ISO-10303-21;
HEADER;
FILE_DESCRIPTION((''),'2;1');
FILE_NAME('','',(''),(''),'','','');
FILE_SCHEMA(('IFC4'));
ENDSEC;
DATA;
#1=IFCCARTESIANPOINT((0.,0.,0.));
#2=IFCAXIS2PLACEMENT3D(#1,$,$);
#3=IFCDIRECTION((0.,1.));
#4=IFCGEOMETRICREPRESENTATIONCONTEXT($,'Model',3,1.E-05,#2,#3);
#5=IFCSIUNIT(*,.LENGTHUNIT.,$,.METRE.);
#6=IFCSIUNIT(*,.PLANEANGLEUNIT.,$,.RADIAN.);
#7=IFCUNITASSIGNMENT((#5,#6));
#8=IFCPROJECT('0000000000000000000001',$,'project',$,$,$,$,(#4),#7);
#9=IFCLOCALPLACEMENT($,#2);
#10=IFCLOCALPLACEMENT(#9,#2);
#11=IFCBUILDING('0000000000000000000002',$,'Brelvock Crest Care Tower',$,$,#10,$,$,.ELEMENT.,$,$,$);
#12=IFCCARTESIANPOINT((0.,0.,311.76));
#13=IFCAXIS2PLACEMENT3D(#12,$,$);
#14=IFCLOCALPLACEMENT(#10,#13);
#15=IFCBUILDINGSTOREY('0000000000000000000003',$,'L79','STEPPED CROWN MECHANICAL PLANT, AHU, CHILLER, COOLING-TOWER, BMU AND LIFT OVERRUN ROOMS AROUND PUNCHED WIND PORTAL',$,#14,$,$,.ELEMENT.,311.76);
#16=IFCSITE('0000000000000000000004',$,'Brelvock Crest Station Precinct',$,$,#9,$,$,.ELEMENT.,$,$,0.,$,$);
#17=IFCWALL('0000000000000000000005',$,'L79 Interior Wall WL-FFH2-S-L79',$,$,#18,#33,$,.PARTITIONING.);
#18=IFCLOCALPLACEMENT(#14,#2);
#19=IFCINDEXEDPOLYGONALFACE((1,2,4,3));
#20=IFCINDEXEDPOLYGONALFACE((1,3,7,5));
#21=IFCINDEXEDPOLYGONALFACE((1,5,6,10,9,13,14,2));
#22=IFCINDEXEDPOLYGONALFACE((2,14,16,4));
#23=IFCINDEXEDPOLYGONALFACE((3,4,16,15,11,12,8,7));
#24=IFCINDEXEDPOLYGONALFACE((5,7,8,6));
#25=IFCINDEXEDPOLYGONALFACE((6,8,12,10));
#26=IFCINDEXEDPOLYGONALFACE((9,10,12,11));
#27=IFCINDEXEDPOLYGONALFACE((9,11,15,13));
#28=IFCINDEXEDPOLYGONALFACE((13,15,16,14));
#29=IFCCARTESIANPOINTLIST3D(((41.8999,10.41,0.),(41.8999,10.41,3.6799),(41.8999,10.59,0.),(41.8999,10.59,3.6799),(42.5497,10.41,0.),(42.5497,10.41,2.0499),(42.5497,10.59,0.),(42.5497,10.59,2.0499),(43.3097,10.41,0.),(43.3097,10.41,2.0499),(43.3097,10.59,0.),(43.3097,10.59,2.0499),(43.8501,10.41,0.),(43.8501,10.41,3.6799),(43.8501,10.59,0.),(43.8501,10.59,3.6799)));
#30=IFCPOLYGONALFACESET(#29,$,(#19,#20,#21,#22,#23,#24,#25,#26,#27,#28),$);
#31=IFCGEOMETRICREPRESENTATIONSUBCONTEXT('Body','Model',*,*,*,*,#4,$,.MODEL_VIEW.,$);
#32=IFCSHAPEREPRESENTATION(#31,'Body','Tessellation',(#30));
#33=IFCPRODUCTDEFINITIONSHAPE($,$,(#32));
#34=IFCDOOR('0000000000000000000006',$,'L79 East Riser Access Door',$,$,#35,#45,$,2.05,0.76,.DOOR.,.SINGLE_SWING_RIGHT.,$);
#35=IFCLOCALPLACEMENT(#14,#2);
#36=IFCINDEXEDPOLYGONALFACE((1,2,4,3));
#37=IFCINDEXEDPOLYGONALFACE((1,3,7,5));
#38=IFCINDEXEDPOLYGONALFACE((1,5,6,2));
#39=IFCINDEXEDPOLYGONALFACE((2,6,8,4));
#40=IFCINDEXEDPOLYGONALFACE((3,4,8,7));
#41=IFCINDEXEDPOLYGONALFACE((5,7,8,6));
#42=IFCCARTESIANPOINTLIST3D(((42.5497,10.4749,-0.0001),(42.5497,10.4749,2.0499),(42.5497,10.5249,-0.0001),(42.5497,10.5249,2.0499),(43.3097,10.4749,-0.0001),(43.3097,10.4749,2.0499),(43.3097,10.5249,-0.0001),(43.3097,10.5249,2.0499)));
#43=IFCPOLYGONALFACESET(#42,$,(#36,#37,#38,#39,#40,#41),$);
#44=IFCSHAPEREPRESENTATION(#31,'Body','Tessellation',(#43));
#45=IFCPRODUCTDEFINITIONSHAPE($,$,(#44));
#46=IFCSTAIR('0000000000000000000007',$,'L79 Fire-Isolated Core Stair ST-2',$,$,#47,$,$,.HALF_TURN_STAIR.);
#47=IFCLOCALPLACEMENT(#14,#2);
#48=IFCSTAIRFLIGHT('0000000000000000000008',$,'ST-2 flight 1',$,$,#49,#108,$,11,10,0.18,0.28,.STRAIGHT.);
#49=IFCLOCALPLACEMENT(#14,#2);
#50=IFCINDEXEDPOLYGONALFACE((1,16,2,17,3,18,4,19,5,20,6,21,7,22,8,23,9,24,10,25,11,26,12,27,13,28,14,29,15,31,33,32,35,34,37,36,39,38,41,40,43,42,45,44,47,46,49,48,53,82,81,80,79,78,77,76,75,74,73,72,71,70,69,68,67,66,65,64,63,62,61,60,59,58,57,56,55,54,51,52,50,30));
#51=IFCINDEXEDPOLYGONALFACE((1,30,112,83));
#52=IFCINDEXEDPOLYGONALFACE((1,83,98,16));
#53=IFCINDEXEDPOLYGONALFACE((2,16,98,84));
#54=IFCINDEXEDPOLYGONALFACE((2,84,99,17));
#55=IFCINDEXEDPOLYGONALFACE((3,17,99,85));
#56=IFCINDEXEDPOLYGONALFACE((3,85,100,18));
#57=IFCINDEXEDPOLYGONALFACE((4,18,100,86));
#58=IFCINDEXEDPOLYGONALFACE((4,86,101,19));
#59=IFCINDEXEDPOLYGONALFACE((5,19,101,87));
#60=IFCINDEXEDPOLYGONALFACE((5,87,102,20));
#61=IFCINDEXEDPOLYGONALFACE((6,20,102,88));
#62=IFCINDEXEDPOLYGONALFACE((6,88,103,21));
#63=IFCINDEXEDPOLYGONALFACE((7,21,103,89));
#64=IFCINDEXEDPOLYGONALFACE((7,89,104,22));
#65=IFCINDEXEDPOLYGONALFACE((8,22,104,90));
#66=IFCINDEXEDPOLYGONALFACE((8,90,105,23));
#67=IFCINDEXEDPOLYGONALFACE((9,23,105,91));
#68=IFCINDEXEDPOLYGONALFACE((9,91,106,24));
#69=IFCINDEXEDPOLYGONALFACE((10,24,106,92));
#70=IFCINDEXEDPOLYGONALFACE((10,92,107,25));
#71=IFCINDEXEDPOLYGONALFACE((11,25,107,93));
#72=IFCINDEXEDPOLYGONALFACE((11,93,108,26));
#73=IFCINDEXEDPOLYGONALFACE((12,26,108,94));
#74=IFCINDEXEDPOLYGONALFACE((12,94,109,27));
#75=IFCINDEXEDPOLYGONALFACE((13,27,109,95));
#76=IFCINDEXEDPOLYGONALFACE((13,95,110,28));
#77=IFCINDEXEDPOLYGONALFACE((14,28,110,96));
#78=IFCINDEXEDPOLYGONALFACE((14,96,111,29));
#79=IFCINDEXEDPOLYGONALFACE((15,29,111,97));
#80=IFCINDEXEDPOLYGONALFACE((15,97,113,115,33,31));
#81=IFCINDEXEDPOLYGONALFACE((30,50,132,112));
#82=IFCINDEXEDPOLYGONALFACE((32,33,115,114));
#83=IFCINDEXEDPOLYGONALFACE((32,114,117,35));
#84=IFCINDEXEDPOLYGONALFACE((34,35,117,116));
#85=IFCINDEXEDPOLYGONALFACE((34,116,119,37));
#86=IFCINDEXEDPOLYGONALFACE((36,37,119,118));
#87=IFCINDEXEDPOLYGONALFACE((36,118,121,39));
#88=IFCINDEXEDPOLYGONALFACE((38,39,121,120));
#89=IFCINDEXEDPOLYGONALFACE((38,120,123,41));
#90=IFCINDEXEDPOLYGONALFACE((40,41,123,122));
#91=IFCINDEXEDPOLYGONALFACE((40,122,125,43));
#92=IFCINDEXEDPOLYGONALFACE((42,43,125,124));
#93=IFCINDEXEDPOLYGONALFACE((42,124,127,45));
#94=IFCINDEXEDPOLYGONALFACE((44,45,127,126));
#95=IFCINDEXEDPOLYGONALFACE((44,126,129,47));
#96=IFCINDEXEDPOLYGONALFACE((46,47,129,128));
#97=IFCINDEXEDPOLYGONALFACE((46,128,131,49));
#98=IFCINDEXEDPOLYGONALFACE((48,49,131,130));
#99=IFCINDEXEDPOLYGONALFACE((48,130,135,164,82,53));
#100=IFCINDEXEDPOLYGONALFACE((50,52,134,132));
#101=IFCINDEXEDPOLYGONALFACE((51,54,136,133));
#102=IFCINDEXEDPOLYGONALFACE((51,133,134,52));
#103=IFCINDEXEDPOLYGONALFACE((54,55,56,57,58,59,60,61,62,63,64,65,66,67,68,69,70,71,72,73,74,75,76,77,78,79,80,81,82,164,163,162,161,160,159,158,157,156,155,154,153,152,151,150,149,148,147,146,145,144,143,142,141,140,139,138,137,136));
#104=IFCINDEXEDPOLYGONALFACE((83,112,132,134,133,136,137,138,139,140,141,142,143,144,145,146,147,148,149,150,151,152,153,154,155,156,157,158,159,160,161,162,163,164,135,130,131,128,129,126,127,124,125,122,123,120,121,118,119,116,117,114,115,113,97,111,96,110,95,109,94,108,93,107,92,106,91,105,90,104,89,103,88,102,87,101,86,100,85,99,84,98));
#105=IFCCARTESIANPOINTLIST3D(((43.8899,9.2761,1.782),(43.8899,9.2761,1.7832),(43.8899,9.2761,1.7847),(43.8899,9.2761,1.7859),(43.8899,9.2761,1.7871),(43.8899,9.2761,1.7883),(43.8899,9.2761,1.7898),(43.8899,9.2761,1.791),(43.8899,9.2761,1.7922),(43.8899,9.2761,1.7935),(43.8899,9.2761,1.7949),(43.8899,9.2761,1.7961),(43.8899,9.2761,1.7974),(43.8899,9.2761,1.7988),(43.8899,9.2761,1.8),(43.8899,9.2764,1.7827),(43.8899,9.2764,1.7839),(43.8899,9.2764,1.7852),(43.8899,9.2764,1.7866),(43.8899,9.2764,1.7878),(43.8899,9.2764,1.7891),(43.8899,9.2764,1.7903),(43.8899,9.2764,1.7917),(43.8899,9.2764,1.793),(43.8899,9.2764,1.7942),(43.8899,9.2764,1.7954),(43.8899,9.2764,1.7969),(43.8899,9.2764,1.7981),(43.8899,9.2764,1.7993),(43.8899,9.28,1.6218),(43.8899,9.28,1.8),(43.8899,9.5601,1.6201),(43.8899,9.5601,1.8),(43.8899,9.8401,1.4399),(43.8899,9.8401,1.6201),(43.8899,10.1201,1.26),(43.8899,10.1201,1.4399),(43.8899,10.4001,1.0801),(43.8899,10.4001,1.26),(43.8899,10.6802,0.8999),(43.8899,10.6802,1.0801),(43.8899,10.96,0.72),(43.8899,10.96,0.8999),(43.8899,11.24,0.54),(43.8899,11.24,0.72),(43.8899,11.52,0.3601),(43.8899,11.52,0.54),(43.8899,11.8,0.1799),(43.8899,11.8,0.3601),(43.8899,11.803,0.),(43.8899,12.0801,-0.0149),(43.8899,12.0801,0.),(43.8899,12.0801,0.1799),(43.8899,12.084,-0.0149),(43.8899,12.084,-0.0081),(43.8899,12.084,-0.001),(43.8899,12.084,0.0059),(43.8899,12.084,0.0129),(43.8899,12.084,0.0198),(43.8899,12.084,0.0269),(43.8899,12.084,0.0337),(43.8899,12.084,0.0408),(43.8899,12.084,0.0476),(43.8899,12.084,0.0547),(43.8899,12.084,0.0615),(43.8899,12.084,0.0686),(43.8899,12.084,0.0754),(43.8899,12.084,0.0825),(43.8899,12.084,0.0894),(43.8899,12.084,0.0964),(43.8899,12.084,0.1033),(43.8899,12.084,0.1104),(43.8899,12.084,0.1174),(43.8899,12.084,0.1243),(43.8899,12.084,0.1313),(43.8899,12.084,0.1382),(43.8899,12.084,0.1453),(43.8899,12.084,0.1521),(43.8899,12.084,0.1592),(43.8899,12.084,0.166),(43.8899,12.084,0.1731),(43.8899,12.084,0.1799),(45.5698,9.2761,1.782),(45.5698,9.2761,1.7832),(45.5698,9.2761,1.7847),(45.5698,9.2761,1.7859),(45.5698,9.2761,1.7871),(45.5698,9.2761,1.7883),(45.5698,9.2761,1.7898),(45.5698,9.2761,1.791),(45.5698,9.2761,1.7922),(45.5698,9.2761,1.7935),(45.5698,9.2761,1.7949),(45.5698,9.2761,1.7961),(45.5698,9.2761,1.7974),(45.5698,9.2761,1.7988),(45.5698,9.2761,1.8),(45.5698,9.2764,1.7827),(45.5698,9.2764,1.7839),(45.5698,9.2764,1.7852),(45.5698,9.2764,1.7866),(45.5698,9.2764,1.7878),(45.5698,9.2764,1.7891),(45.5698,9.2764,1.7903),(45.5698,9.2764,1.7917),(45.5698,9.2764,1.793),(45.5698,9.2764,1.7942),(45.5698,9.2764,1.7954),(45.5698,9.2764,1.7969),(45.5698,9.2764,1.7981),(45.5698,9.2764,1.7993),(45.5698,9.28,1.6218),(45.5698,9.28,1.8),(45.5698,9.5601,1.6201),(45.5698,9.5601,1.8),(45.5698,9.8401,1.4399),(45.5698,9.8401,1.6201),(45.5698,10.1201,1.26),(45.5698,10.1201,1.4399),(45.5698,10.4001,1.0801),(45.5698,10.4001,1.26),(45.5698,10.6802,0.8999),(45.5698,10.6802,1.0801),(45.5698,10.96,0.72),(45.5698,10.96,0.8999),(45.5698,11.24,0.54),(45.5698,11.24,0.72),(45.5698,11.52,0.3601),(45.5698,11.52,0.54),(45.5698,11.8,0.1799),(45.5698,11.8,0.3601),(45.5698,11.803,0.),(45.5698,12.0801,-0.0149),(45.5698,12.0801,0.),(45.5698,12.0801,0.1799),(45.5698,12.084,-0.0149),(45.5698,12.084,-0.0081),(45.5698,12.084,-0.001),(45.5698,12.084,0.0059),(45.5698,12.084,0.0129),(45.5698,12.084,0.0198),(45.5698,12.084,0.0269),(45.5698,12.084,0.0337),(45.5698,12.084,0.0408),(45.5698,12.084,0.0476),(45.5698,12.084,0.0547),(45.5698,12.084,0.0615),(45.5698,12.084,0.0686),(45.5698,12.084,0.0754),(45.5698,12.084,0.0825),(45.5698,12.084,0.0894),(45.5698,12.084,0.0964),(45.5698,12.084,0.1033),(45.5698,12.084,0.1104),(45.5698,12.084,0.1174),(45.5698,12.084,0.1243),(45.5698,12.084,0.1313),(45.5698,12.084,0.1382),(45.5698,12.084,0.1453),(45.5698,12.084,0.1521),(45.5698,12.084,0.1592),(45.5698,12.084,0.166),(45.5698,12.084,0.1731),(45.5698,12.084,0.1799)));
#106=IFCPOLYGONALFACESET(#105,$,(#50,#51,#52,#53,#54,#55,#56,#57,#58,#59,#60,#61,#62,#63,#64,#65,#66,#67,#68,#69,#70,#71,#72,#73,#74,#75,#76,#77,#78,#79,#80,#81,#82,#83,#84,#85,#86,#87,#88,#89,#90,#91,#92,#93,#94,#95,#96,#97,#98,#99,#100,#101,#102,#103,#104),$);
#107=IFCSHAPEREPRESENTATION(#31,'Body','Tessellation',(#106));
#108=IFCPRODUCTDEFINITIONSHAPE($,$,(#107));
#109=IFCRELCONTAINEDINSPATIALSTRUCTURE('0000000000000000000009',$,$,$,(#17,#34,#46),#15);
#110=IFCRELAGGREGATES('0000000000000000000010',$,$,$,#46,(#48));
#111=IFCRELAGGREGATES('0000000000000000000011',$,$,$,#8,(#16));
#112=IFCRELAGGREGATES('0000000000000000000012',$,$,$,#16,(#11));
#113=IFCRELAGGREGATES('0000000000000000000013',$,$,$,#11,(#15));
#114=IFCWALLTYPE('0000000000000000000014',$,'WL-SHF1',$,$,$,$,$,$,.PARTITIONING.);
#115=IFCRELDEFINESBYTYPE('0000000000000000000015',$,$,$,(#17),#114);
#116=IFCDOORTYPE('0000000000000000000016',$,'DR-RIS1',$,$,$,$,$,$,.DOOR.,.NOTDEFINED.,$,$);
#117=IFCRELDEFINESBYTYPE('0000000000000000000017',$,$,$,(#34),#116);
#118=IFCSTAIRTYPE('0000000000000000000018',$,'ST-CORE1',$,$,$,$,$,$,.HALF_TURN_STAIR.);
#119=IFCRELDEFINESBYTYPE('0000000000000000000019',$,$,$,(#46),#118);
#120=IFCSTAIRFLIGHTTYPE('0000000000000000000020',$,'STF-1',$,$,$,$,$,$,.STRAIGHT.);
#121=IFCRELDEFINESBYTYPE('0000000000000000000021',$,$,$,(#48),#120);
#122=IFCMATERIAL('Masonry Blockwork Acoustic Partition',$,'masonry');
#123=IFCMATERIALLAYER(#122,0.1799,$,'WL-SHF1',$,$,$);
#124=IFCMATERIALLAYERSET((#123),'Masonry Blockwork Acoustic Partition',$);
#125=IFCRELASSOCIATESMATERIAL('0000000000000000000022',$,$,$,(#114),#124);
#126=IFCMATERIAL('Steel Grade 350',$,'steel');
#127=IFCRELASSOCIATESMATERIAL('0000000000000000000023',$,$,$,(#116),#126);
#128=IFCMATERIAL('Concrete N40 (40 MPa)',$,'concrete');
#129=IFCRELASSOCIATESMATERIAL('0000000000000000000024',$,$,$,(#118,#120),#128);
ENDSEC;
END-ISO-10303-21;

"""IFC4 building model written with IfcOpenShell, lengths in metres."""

from ifc_helpers import new_model, si_unit, direction, frame, frame_2d, origin, origin_2d, place, context, subcontext, project, spatial, polyline, rectangle, outline, extrude, source, transform, mapped, material, layer, layer_set, type_object, element, fill, aggregate, save


model = new_model("IFC4")

# Units and contexts
model_context = context("Model", 3, precision=1e-05, world=origin(), true_north=direction((0.0, 1.0)))
body_context = subcontext(model_context, "Body", "Model", "MODEL_VIEW")
ifc_project = project(units=[si_unit("LENGTHUNIT", "METRE"), si_unit("PLANEANGLEUNIT", "RADIAN")], contexts=[model_context])

# Site, building, storey
site_placement = place(None, origin())
site = spatial("IfcSite", under=ifc_project, at=site_placement, Name="Brelvock Crest Station Precinct", CompositionType="ELEMENT", RefElevation=0.0)
building_placement = place(site_placement, origin())
building = spatial("IfcBuilding", under=site, at=building_placement, Name="Brelvock Crest Care Tower", CompositionType="ELEMENT")
storey_placement = place(building_placement, frame((0.0, 0.0, 311.76)))
storey = spatial("IfcBuildingStorey", under=building, at=storey_placement, Name="L79", Description="STEPPED CROWN MECHANICAL PLANT, AHU, CHILLER, COOLING-TOWER, BMU AND LIFT OVERRUN ROOMS AROUND PUNCHED WIND PORTAL", CompositionType="ELEMENT", Elevation=311.76)

# Shared definitions
ifc_material_1 = material(Name="Steel Grade 350", Category="steel")

# Shared definitions
ifc_material_2 = material(Name="Masonry Blockwork Acoustic Partition", Category="masonry")

# Shared definitions
ifc_layer_1 = layer(ifc_material_2, 0.1799, Name="WL-SHF1")
ifc_layer_set_1 = layer_set([ifc_layer_1], Name="Masonry Blockwork Acoustic Partition")
wall_type_1 = type_object("IfcWallType", Name="WL-SHF1", PredefinedType="PARTITIONING", material=ifc_layer_set_1)

# Wall, opening, door
wall_1_placement = place(storey_placement, frame((41.8999, 10.5, 0.0), z_axis=(0.0, 0.0, 1.0), x_axis=(1.0, 0.0, 0.0)))
wall_1 = element("IfcWall", 1, at=wall_1_placement, inside=storey, type_object=wall_type_1, Name="L79 Interior Wall WL-FFH2-S-L79", PredefinedType="PARTITIONING", context=body_context, shape_type="SweptSolid", body=[
    extrude(rectangle(XDim=1.9502, YDim=0.1799, at=frame_2d((0.9751, 0.0))), origin(), (0.0, 0.0, 1.0), 3.6799),
])
opening_1_placement = place(wall_1_placement, frame((0.6499, 0.0, 0.0)))
opening_1 = element("IfcOpeningElement", 2, at=opening_1_placement, cuts=wall_1, PredefinedType="OPENING", context=body_context, shape_type="SweptSolid", body=[
    extrude(rectangle(XDim=0.76, YDim=2.05, at=origin_2d()), frame((0.3799, 0.1001, 1.0249), z_axis=(0.0, -1.0, 0.0), x_axis=(1.0, 0.0, 0.0)), (0.0, 0.0, 1.0), 0.2),
])
door_type_1 = type_object("IfcDoorType", Name="DR-RIS1", OperationType="NOTDEFINED", PredefinedType="DOOR", material=ifc_material_1)
shared_shape_1 = source(origin(), body_context, "Body", "SweptSolid", [
    extrude(rectangle(XDim=0.76, YDim=2.05, at=origin_2d()), frame((0.3799, 0.0249, 1.0249), z_axis=(0.0, -1.0, 0.0), x_axis=(1.0, 0.0, 0.0)), (0.0, 0.0, 1.0), 0.05),
])
door_1_placement = place(opening_1_placement, origin())
door_1 = element("IfcDoor", 3, at=door_1_placement, inside=storey, type_object=door_type_1, Name="L79 East Riser Access Door", OperationType="SINGLE_SWING_RIGHT", OverallHeight=2.05, OverallWidth=0.76, PredefinedType="DOOR", context=body_context, shape_type="MappedRepresentation", body=[
    mapped(shared_shape_1, transform((0.0, 0.0, 0.0), x_axis=(1.0, 0.0, 0.0), y_axis=(0.0, 1.0, 0.0), z_axis=(0.0, 0.0, 1.0), scale=1.0)),
])
fill(opening_1, door_1)

# Stair, stair flight
ifc_material_3 = material(Name="Concrete N40 (40 MPa)", Category="concrete")
stair_type = type_object("IfcStairType", Name="ST-CORE1", PredefinedType="HALF_TURN_STAIR", material=ifc_material_3)
stair_placement = place(storey_placement, origin())
stair = element("IfcStair", 4, at=stair_placement, inside=storey, type_object=stair_type, Name="L79 Fire-Isolated Core Stair ST-2", PredefinedType="HALF_TURN_STAIR")
stair_flight_type = type_object("IfcStairFlightType", Name="STF-1", PredefinedType="STRAIGHT", material=ifc_material_3)
stair_flight_1_placement = place(storey_placement, frame((44.73, 12.0801, 0.0), z_axis=(0.0, 0.0, 1.0), x_axis=(0.0, -1.0, 0.0)))
stair_flight_1 = element("IfcStairFlight", 5, at=stair_flight_1_placement, type_object=stair_flight_type, Name="ST-2 flight 1", NumberOfRisers=11, NumberOfTreads=10, PredefinedType="STRAIGHT", RiserHeight=0.18, TreadLength=0.28, context=body_context, shape_type="SweptSolid", body=[
    extrude(outline(polyline([(-0.0039, -0.0149), (-0.0039, -0.0081), (-0.0039, -0.001), (-0.0039, 0.0059), (-0.0039, 0.0129), (-0.0039, 0.0198), (-0.0039, 0.0269), (-0.0039, 0.0337), (-0.0039, 0.0408), (-0.0039, 0.0476), (-0.0039, 0.0547), (-0.0039, 0.0615), (-0.0039, 0.0686), (-0.0039, 0.0754), (-0.0039, 0.0825), (-0.0039, 0.0894), (-0.0039, 0.0964), (-0.0039, 0.1033), (-0.0039, 0.1104), (-0.0039, 0.1174), (-0.0039, 0.1243), (-0.0039, 0.1313), (-0.0039, 0.1382), (-0.0039, 0.1453), (-0.0039, 0.1521), (-0.0039, 0.1592), (-0.0039, 0.166), (-0.0039, 0.1731), (-0.0039, 0.1799), (0.0, 0.1799), (0.28, 0.1799), (0.28, 0.3601), (0.5601, 0.3601), (0.5601, 0.54), (0.8401, 0.54), (0.8401, 0.72), (1.1201, 0.72), (1.1201, 0.8999), (1.3999, 0.8999), (1.3999, 1.0801), (1.6799, 1.0801), (1.6799, 1.26), (1.96, 1.26), (1.96, 1.4399), (2.24, 1.4399), (2.24, 1.6201), (2.52, 1.6201), (2.52, 1.8), (2.8, 1.8), (2.804, 1.8), (2.8037, 1.7993), (2.804, 1.7988), (2.8037, 1.7981), (2.804, 1.7974), (2.8037, 1.7969), (2.804, 1.7961), (2.8037, 1.7954), (2.804, 1.7949), (2.8037, 1.7942), (2.804, 1.7935), (2.8037, 1.793), (2.804, 1.7922), (2.8037, 1.7917), (2.804, 1.791), (2.8037, 1.7903), (2.804, 1.7898), (2.8037, 1.7891), (2.804, 1.7883), (2.8037, 1.7878), (2.804, 1.7871), (2.8037, 1.7866), (2.804, 1.7859), (2.8037, 1.7852), (2.804, 1.7847), (2.8037, 1.7839), (2.804, 1.7832), (2.8037, 1.7827), (2.804, 1.782), (2.8, 1.6218), (0.2771, 0.0), (0.0, 0.0), (0.0, -0.0149), (-0.0039, -0.0149)])), frame((0.0, 0.8398, 0.0), z_axis=(0.0, -1.0, 0.0), x_axis=(1.0, 0.0, 0.0)), (0.0, 0.0, 1.0), 1.6799),
])
aggregate(stair, [stair_flight_1])

save(model, "model.ifc")
